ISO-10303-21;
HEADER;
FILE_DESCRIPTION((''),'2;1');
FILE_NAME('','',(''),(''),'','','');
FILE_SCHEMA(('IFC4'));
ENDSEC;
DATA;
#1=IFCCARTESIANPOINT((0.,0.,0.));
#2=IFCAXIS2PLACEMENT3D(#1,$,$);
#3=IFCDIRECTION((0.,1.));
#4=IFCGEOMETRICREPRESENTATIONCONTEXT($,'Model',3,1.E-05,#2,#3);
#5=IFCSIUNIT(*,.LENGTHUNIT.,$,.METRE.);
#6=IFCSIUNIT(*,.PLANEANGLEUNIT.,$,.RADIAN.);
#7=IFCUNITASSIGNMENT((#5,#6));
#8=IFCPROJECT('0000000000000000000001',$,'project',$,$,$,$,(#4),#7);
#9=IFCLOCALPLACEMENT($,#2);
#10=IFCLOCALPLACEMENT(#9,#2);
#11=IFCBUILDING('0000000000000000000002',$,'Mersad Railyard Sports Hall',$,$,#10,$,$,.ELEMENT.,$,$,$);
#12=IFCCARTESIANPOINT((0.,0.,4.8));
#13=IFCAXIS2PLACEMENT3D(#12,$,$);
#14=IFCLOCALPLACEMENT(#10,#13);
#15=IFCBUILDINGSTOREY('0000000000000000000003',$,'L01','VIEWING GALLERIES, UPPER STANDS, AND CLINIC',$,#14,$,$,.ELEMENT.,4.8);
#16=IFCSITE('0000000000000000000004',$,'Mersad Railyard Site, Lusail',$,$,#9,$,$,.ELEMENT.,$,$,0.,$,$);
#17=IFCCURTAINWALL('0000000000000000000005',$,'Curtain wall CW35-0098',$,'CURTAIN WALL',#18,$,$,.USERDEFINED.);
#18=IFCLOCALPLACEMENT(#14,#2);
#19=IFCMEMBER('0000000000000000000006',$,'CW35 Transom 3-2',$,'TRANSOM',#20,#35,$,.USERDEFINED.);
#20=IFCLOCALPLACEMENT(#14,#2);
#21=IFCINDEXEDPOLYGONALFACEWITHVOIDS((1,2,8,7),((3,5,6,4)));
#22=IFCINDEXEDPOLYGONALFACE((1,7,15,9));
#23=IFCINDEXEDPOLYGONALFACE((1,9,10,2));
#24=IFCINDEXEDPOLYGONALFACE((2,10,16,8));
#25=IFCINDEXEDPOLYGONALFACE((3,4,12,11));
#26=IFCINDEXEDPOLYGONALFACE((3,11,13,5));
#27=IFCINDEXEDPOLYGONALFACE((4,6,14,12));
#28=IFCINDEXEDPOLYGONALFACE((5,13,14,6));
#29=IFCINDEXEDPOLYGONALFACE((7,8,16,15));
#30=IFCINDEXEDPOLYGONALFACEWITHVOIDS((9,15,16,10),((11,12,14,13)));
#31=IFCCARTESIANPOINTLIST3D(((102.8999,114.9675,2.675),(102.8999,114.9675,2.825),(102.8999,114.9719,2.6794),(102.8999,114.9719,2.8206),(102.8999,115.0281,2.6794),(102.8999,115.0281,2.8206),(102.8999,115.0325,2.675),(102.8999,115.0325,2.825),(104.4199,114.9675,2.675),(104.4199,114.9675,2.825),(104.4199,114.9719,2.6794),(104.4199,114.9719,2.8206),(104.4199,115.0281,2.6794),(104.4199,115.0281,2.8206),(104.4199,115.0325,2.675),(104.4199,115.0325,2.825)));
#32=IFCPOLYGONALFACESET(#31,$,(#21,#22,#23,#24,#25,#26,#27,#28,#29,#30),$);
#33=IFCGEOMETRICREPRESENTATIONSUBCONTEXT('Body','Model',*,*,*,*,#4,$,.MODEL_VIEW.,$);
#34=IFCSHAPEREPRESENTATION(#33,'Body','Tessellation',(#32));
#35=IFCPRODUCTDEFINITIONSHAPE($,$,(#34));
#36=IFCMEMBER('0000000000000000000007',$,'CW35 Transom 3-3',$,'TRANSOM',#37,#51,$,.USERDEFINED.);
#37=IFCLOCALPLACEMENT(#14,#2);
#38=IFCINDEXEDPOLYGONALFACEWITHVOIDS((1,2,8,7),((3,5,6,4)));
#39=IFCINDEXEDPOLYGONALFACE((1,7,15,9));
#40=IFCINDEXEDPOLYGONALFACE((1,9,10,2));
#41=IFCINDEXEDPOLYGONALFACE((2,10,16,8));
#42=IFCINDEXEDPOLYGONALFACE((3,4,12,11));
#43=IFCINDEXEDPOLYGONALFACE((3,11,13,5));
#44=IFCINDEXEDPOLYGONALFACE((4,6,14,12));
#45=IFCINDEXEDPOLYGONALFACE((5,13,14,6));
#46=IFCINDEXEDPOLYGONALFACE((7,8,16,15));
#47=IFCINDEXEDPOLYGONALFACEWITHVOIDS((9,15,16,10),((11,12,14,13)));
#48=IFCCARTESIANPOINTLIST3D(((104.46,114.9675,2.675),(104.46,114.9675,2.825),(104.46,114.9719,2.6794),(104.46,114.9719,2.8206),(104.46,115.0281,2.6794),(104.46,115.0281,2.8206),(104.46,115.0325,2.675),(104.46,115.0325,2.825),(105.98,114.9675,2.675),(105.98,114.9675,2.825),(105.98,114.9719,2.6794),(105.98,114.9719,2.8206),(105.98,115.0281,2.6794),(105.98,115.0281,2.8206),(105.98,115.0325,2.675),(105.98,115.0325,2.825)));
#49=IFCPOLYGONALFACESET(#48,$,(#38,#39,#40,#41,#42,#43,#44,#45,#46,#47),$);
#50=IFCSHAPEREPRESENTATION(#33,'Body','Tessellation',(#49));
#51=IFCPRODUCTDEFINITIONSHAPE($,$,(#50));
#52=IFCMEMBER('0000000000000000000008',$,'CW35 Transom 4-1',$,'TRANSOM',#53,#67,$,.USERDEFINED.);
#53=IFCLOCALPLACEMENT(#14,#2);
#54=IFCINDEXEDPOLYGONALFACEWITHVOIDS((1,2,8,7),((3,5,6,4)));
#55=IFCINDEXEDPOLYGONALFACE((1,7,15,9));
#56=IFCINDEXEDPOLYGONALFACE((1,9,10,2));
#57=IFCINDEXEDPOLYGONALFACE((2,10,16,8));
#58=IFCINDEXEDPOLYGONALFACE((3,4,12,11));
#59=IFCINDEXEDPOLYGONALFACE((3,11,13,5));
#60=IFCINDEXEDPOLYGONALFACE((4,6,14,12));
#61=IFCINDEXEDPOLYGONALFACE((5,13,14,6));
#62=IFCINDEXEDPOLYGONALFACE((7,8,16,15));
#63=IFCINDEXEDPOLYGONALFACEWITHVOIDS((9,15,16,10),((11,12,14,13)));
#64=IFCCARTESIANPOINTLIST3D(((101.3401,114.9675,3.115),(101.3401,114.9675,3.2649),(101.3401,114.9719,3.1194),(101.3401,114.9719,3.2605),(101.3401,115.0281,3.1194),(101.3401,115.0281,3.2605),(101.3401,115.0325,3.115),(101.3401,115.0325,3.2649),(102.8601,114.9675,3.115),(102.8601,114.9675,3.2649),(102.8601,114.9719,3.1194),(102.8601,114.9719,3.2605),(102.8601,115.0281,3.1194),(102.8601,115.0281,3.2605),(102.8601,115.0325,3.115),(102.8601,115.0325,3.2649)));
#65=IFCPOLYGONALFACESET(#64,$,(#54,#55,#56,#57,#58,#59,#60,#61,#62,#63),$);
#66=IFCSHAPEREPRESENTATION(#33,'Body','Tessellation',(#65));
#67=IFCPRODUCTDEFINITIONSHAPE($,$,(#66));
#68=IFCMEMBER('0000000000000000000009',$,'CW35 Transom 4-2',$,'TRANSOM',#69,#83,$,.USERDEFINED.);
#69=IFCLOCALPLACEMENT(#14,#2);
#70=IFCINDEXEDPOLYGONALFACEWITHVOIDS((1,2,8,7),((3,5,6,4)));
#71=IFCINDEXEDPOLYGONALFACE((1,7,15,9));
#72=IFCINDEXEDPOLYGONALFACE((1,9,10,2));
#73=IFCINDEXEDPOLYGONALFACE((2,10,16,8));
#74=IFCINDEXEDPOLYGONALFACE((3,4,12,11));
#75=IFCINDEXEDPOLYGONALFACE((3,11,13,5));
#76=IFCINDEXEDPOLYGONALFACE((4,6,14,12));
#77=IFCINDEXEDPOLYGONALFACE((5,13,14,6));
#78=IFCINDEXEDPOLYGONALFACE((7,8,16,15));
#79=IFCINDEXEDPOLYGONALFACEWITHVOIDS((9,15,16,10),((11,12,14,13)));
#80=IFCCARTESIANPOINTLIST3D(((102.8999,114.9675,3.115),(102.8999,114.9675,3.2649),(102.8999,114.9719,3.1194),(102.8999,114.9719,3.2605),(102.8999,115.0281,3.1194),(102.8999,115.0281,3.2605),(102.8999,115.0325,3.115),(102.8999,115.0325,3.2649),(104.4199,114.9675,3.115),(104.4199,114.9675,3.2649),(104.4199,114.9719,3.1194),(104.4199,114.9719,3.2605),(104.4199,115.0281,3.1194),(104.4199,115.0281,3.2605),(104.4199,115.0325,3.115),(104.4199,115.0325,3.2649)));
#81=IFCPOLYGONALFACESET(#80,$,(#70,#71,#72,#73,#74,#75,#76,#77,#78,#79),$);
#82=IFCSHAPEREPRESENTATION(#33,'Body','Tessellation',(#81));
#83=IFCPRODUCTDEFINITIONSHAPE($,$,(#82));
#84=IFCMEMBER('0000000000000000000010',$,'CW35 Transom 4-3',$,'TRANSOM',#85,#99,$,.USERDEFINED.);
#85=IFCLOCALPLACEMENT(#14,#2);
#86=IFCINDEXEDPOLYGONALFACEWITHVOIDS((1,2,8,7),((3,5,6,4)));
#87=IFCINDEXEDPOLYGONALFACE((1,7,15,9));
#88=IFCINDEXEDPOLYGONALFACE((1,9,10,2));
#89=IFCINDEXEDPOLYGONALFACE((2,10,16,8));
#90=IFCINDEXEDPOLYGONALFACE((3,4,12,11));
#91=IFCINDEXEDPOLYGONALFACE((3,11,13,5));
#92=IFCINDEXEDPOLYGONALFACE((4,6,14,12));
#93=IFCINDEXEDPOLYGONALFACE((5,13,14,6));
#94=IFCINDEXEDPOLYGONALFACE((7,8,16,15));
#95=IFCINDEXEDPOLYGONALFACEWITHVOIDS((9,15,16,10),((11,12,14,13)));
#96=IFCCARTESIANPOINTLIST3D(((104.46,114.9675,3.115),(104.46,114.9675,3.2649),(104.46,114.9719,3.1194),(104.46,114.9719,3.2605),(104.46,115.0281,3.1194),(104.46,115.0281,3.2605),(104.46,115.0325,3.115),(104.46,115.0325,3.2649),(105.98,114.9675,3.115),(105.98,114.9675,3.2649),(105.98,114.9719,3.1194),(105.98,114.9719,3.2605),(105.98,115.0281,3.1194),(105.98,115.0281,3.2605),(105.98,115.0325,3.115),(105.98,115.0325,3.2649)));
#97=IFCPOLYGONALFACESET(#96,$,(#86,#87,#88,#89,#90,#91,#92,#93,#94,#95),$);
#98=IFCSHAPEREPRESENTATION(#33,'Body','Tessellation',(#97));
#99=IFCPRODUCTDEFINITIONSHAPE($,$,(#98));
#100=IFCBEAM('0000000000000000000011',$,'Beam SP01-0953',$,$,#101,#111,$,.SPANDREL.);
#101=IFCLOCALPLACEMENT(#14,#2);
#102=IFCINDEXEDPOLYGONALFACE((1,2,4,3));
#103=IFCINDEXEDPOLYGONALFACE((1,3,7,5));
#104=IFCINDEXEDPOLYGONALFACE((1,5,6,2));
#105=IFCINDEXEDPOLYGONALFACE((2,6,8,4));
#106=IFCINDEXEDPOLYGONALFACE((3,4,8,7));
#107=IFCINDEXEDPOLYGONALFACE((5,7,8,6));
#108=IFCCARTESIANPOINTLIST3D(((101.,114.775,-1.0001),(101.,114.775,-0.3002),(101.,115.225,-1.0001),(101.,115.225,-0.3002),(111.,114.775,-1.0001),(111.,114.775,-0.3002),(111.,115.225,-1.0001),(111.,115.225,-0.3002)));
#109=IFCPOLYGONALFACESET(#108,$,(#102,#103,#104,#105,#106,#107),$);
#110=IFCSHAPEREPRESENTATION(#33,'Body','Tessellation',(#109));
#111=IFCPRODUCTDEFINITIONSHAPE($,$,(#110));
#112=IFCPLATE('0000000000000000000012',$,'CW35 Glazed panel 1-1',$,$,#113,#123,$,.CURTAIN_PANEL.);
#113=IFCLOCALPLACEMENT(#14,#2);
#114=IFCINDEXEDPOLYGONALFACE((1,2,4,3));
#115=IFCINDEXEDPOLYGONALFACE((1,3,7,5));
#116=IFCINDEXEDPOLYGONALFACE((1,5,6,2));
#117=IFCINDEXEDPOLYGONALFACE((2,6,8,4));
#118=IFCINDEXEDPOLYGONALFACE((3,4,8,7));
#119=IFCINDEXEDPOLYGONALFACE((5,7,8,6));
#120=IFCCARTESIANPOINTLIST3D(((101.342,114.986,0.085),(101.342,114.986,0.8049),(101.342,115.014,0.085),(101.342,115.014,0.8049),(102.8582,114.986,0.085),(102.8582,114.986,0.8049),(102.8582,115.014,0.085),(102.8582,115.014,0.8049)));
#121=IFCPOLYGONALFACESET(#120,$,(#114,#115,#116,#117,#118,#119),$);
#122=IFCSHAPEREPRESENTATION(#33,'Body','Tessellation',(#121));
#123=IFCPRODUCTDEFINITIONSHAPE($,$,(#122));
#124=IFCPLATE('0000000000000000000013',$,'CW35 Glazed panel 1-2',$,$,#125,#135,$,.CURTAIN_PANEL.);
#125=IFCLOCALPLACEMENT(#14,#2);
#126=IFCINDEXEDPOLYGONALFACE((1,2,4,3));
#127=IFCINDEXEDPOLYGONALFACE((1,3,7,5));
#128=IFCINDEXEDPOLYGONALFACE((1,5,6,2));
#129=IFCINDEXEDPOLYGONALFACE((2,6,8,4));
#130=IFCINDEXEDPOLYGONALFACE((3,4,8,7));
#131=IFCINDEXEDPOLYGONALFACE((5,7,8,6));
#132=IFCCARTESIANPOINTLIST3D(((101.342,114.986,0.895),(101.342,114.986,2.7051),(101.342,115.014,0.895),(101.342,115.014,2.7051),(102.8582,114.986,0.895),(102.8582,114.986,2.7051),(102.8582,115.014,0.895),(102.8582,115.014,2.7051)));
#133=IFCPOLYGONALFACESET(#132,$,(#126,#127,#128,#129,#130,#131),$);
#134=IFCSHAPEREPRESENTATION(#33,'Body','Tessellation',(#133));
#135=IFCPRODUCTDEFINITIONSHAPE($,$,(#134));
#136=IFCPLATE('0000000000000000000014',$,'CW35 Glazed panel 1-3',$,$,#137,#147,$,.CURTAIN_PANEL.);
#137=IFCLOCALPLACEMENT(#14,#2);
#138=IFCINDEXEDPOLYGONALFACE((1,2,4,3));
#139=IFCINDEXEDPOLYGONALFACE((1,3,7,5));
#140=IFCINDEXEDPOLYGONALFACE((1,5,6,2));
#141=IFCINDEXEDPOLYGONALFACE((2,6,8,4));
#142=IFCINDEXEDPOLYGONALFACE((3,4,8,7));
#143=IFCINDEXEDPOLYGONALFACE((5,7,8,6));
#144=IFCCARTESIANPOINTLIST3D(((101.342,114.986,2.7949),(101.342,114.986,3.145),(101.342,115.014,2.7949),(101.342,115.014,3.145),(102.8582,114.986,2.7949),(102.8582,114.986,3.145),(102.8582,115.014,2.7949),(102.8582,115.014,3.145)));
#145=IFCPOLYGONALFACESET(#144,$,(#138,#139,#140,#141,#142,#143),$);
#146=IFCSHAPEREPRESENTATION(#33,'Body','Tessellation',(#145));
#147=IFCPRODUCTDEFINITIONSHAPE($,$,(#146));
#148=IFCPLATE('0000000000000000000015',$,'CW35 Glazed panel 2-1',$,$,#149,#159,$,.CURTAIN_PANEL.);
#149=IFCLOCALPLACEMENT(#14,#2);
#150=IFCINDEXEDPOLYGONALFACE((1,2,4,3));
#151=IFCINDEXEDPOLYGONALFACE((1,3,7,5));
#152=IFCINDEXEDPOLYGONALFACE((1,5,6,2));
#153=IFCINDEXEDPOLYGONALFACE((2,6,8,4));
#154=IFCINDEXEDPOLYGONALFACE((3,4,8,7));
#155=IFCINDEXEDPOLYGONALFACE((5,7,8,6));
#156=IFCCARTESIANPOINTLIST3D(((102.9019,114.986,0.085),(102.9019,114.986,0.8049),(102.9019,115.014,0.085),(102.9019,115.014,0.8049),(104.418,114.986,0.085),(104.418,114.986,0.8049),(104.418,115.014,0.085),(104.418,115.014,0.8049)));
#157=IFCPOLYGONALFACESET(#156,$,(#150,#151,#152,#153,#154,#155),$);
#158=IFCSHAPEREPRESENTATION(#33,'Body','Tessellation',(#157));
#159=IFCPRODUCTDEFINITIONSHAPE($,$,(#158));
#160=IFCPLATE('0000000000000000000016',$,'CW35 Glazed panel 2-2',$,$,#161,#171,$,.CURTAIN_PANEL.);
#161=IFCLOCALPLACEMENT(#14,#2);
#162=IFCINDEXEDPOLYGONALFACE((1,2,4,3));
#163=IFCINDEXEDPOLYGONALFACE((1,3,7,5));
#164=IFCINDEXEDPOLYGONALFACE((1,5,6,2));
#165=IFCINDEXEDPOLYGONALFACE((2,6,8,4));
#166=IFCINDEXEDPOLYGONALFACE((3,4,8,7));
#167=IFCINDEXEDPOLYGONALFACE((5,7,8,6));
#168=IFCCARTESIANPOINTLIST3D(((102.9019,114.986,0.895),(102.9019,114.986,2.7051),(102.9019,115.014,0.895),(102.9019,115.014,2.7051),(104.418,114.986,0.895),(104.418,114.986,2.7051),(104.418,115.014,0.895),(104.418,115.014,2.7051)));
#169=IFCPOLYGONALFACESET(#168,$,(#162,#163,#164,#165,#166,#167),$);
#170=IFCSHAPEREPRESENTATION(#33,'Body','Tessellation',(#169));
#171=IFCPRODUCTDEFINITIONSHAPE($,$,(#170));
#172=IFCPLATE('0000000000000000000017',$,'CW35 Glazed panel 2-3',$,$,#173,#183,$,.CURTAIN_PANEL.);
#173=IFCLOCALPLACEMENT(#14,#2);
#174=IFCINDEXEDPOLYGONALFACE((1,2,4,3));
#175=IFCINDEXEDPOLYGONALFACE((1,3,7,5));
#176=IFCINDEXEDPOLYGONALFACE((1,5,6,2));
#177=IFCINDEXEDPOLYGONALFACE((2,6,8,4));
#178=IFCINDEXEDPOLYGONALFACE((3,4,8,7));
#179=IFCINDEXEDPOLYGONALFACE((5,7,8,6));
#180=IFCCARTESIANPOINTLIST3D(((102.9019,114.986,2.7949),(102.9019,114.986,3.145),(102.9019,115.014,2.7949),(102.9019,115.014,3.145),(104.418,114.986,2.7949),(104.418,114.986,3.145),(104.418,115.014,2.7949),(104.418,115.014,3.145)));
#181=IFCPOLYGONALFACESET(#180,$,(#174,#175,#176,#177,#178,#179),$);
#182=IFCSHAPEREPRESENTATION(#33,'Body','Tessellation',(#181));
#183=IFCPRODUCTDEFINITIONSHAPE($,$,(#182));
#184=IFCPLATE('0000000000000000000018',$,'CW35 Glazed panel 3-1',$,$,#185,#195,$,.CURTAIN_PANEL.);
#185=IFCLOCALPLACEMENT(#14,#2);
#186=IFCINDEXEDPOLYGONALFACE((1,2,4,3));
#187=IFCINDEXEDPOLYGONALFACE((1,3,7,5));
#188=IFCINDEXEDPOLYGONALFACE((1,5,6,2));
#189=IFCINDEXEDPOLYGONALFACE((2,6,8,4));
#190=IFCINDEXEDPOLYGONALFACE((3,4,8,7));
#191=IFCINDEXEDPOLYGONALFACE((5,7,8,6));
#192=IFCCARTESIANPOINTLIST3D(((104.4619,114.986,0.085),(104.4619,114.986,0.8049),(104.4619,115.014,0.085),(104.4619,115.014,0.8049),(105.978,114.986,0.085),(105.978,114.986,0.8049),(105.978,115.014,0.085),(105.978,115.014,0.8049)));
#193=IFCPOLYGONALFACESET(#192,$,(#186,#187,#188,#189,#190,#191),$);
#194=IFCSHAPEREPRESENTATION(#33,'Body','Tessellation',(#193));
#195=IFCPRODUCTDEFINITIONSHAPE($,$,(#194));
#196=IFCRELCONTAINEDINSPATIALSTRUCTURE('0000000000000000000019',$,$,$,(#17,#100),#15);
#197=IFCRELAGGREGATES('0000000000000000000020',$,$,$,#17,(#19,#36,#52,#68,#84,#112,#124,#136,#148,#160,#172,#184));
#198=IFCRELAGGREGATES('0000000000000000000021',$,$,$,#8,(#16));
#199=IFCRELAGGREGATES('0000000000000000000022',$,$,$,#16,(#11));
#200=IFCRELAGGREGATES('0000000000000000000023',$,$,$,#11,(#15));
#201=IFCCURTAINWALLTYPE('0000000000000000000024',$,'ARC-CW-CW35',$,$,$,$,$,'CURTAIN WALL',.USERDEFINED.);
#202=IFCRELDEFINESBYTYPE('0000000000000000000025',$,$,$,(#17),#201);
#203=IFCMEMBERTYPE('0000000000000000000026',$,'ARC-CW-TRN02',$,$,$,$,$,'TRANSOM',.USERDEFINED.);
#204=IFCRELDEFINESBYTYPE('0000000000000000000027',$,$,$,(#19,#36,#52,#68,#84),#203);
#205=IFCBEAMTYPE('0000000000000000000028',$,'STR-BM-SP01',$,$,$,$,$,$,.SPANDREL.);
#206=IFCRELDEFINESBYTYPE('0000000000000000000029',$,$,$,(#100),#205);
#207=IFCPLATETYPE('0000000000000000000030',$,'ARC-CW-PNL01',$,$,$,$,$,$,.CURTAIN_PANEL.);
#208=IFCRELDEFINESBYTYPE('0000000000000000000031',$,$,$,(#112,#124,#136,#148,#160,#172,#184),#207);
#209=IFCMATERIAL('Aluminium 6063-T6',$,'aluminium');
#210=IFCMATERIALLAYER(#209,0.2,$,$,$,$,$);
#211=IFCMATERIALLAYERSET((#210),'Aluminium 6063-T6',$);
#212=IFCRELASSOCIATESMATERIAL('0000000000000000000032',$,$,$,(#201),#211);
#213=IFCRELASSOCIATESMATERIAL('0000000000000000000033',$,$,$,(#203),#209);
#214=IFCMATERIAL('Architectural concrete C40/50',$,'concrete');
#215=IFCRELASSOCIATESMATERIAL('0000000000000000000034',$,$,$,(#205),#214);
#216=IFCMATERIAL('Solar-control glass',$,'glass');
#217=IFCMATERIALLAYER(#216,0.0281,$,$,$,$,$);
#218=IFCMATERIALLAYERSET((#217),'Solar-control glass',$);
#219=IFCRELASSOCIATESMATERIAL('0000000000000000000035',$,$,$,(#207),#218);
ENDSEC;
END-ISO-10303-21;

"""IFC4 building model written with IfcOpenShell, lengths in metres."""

from ifc_helpers import new_model, si_unit, direction, frame, origin, origin_2d, place, context, subcontext, project, spatial, rectangle, hollow_rectangle, extrude, material, layer, layer_set, material_profile, profile_set, type_object, element, aggregate, save


model = new_model("IFC4")

# Units and contexts
model_context = context("Model", 3, precision=1e-05, world=origin(), true_north=direction((0.0, 1.0)))
body_context = subcontext(model_context, "Body", "Model", "MODEL_VIEW")
ifc_project = project(units=[si_unit("LENGTHUNIT", "METRE"), si_unit("PLANEANGLEUNIT", "RADIAN")], contexts=[model_context])

# Site, building, storey
site_placement = place(None, origin())
site = spatial("IfcSite", under=ifc_project, at=site_placement, Name="Mersad Railyard Site, Lusail", CompositionType="ELEMENT", RefElevation=0.0)
building_placement = place(site_placement, origin())
building = spatial("IfcBuilding", under=site, at=building_placement, Name="Mersad Railyard Sports Hall", CompositionType="ELEMENT")
storey_placement = place(building_placement, frame((0.0, 0.0, 4.8)))
storey = spatial("IfcBuildingStorey", under=building, at=storey_placement, Name="L01", Description="VIEWING GALLERIES, UPPER STANDS, AND CLINIC", CompositionType="ELEMENT", Elevation=4.8)

# Curtain wall, members
ifc_material_1 = material(Name="Aluminium 6063-T6", Category="aluminium")
ifc_layer_1 = layer(ifc_material_1, 0.2)
ifc_layer_set_1 = layer_set([ifc_layer_1], Name="Aluminium 6063-T6")
curtain_wall_type = type_object("IfcCurtainWallType", Name="ARC-CW-CW35", ElementType="CURTAIN WALL", PredefinedType="USERDEFINED", material=ifc_layer_set_1)
curtain_wall_placement = place(storey_placement, origin())
curtain_wall = element("IfcCurtainWall", 1, at=curtain_wall_placement, inside=storey, type_object=curtain_wall_type, Name="Curtain wall CW35-0098", ObjectType="CURTAIN WALL", PredefinedType="USERDEFINED")
ifc_material_profile_1 = material_profile(ifc_material_1, hollow_rectangle(XDim=0.0649, YDim=0.1499, WallThickness=0.0044, at=origin_2d()), Name="AL TRANSOM 65x150x4.5")
ifc_profile_set_1 = profile_set([ifc_material_profile_1], Name="Aluminium 6063-T6")
member_type_1 = type_object("IfcMemberType", Name="ARC-CW-TRN02", ElementType="TRANSOM", PredefinedType="USERDEFINED", material=ifc_profile_set_1)
member_1_placement = place(storey_placement, frame((102.8999, 115.0, 2.75), z_axis=(1.0, 0.0, 0.0), x_axis=(0.0, 1.0, 0.0)))
member_1 = element("IfcMember", 2, at=member_1_placement, type_object=member_type_1, Name="CW35 Transom 3-2", ObjectType="TRANSOM", PredefinedType="USERDEFINED", context=body_context, shape_type="SweptSolid", body=[
    extrude(hollow_rectangle(XDim=0.0649, YDim=0.1499, WallThickness=0.0044, at=origin_2d()), origin(), (0.0, 0.0, 1.0), 1.52),
])
member_2_placement = place(storey_placement, frame((104.46, 115.0, 2.75), z_axis=(1.0, 0.0, 0.0), x_axis=(0.0, 1.0, 0.0)))
member_2 = element("IfcMember", 3, at=member_2_placement, type_object=member_type_1, Name="CW35 Transom 3-3", ObjectType="TRANSOM", PredefinedType="USERDEFINED", context=body_context, shape_type="SweptSolid", body=[
    extrude(hollow_rectangle(XDim=0.0649, YDim=0.1499, WallThickness=0.0044, at=origin_2d()), origin(), (0.0, 0.0, 1.0), 1.52),
])
member_3_placement = place(storey_placement, frame((101.3401, 115.0, 3.1899), z_axis=(1.0, 0.0, 0.0), x_axis=(0.0, 1.0, 0.0)))
member_3 = element("IfcMember", 4, at=member_3_placement, type_object=member_type_1, Name="CW35 Transom 4-1", ObjectType="TRANSOM", PredefinedType="USERDEFINED", context=body_context, shape_type="SweptSolid", body=[
    extrude(hollow_rectangle(XDim=0.0649, YDim=0.1499, WallThickness=0.0044, at=origin_2d()), origin(), (0.0, 0.0, 1.0), 1.52),
])
member_4_placement = place(storey_placement, frame((102.8999, 115.0, 3.1899), z_axis=(1.0, 0.0, 0.0), x_axis=(0.0, 1.0, 0.0)))
member_4 = element("IfcMember", 5, at=member_4_placement, type_object=member_type_1, Name="CW35 Transom 4-2", ObjectType="TRANSOM", PredefinedType="USERDEFINED", context=body_context, shape_type="SweptSolid", body=[
    extrude(hollow_rectangle(XDim=0.0649, YDim=0.1499, WallThickness=0.0044, at=origin_2d()), origin(), (0.0, 0.0, 1.0), 1.52),
])
member_5_placement = place(storey_placement, frame((104.46, 115.0, 3.1899), z_axis=(1.0, 0.0, 0.0), x_axis=(0.0, 1.0, 0.0)))
member_5 = element("IfcMember", 6, at=member_5_placement, type_object=member_type_1, Name="CW35 Transom 4-3", ObjectType="TRANSOM", PredefinedType="USERDEFINED", context=body_context, shape_type="SweptSolid", body=[
    extrude(hollow_rectangle(XDim=0.0649, YDim=0.1499, WallThickness=0.0044, at=origin_2d()), origin(), (0.0, 0.0, 1.0), 1.52),
])

# Beam
ifc_material_2 = material(Name="Architectural concrete C40/50", Category="concrete")
ifc_material_profile_2 = material_profile(ifc_material_2, rectangle(XDim=0.45, YDim=0.7, at=origin_2d()), Name="RC 450x700")
ifc_profile_set_2 = profile_set([ifc_material_profile_2], Name="Architectural concrete C40/50")
beam_type = type_object("IfcBeamType", Name="STR-BM-SP01", PredefinedType="SPANDREL", material=ifc_profile_set_2)
beam_placement = place(storey_placement, frame((101.0, 115.0, -0.6501), z_axis=(1.0, 0.0, 0.0), x_axis=(0.0, 1.0, 0.0)))
element("IfcBeam", 7, at=beam_placement, inside=storey, type_object=beam_type, Name="Beam SP01-0953", PredefinedType="SPANDREL", context=body_context, shape_type="SweptSolid", body=[
    extrude(rectangle(XDim=0.45, YDim=0.7, at=origin_2d()), origin(), (0.0, 0.0, 1.0), 10.0),
])

# Plates
ifc_material_3 = material(Name="Solar-control glass", Category="glass")
ifc_layer_2 = layer(ifc_material_3, 0.0281)
ifc_layer_set_2 = layer_set([ifc_layer_2], Name="Solar-control glass")
plate_type = type_object("IfcPlateType", Name="ARC-CW-PNL01", PredefinedType="CURTAIN_PANEL", material=ifc_layer_set_2)
plate_1_placement = place(storey_placement, frame((102.1001, 115.0, 0.085), z_axis=(0.0, 0.0, 1.0), x_axis=(1.0, 0.0, 0.0)))
plate_1 = element("IfcPlate", 8, at=plate_1_placement, type_object=plate_type, Name="CW35 Glazed panel 1-1", PredefinedType="CURTAIN_PANEL", context=body_context, shape_type="SweptSolid", body=[
    extrude(rectangle(XDim=1.5161, YDim=0.0281, at=origin_2d()), origin(), (0.0, 0.0, 1.0), 0.72),
])
plate_2_placement = place(storey_placement, frame((102.1001, 115.0, 0.895), z_axis=(0.0, 0.0, 1.0), x_axis=(1.0, 0.0, 0.0)))
plate_2 = element("IfcPlate", 9, at=plate_2_placement, type_object=plate_type, Name="CW35 Glazed panel 1-2", PredefinedType="CURTAIN_PANEL", context=body_context, shape_type="SweptSolid", body=[
    extrude(rectangle(XDim=1.5161, YDim=0.0281, at=origin_2d()), origin(), (0.0, 0.0, 1.0), 1.8101),
])
plate_3_placement = place(storey_placement, frame((102.1001, 115.0, 2.7949), z_axis=(0.0, 0.0, 1.0), x_axis=(1.0, 0.0, 0.0)))
plate_3 = element("IfcPlate", 10, at=plate_3_placement, type_object=plate_type, Name="CW35 Glazed panel 1-3", PredefinedType="CURTAIN_PANEL", context=body_context, shape_type="SweptSolid", body=[
    extrude(rectangle(XDim=1.5161, YDim=0.0281, at=origin_2d()), origin(), (0.0, 0.0, 1.0), 0.3501),
])
plate_4_placement = place(storey_placement, frame((103.6599, 115.0, 0.085), z_axis=(0.0, 0.0, 1.0), x_axis=(1.0, 0.0, 0.0)))
plate_4 = element("IfcPlate", 11, at=plate_4_placement, type_object=plate_type, Name="CW35 Glazed panel 2-1", PredefinedType="CURTAIN_PANEL", context=body_context, shape_type="SweptSolid", body=[
    extrude(rectangle(XDim=1.5161, YDim=0.0281, at=origin_2d()), origin(), (0.0, 0.0, 1.0), 0.72),
])
plate_5_placement = place(storey_placement, frame((103.6599, 115.0, 0.895), z_axis=(0.0, 0.0, 1.0), x_axis=(1.0, 0.0, 0.0)))
plate_5 = element("IfcPlate", 12, at=plate_5_placement, type_object=plate_type, Name="CW35 Glazed panel 2-2", PredefinedType="CURTAIN_PANEL", context=body_context, shape_type="SweptSolid", body=[
    extrude(rectangle(XDim=1.5161, YDim=0.0281, at=origin_2d()), origin(), (0.0, 0.0, 1.0), 1.8101),
])
plate_6_placement = place(storey_placement, frame((103.6599, 115.0, 2.7949), z_axis=(0.0, 0.0, 1.0), x_axis=(1.0, 0.0, 0.0)))
plate_6 = element("IfcPlate", 13, at=plate_6_placement, type_object=plate_type, Name="CW35 Glazed panel 2-3", PredefinedType="CURTAIN_PANEL", context=body_context, shape_type="SweptSolid", body=[
    extrude(rectangle(XDim=1.5161, YDim=0.0281, at=origin_2d()), origin(), (0.0, 0.0, 1.0), 0.3501),
])
plate_7_placement = place(storey_placement, frame((105.22, 115.0, 0.085), z_axis=(0.0, 0.0, 1.0), x_axis=(1.0, 0.0, 0.0)))
plate_7 = element("IfcPlate", 14, at=plate_7_placement, type_object=plate_type, Name="CW35 Glazed panel 3-1", PredefinedType="CURTAIN_PANEL", context=body_context, shape_type="SweptSolid", body=[
    extrude(rectangle(XDim=1.5161, YDim=0.0281, at=origin_2d()), origin(), (0.0, 0.0, 1.0), 0.72),
])
aggregate(curtain_wall, [member_1, member_2, member_3, member_4, member_5, plate_1, plate_2, plate_3, plate_4, plate_5, plate_6, plate_7])

save(model, "model.ifc")
